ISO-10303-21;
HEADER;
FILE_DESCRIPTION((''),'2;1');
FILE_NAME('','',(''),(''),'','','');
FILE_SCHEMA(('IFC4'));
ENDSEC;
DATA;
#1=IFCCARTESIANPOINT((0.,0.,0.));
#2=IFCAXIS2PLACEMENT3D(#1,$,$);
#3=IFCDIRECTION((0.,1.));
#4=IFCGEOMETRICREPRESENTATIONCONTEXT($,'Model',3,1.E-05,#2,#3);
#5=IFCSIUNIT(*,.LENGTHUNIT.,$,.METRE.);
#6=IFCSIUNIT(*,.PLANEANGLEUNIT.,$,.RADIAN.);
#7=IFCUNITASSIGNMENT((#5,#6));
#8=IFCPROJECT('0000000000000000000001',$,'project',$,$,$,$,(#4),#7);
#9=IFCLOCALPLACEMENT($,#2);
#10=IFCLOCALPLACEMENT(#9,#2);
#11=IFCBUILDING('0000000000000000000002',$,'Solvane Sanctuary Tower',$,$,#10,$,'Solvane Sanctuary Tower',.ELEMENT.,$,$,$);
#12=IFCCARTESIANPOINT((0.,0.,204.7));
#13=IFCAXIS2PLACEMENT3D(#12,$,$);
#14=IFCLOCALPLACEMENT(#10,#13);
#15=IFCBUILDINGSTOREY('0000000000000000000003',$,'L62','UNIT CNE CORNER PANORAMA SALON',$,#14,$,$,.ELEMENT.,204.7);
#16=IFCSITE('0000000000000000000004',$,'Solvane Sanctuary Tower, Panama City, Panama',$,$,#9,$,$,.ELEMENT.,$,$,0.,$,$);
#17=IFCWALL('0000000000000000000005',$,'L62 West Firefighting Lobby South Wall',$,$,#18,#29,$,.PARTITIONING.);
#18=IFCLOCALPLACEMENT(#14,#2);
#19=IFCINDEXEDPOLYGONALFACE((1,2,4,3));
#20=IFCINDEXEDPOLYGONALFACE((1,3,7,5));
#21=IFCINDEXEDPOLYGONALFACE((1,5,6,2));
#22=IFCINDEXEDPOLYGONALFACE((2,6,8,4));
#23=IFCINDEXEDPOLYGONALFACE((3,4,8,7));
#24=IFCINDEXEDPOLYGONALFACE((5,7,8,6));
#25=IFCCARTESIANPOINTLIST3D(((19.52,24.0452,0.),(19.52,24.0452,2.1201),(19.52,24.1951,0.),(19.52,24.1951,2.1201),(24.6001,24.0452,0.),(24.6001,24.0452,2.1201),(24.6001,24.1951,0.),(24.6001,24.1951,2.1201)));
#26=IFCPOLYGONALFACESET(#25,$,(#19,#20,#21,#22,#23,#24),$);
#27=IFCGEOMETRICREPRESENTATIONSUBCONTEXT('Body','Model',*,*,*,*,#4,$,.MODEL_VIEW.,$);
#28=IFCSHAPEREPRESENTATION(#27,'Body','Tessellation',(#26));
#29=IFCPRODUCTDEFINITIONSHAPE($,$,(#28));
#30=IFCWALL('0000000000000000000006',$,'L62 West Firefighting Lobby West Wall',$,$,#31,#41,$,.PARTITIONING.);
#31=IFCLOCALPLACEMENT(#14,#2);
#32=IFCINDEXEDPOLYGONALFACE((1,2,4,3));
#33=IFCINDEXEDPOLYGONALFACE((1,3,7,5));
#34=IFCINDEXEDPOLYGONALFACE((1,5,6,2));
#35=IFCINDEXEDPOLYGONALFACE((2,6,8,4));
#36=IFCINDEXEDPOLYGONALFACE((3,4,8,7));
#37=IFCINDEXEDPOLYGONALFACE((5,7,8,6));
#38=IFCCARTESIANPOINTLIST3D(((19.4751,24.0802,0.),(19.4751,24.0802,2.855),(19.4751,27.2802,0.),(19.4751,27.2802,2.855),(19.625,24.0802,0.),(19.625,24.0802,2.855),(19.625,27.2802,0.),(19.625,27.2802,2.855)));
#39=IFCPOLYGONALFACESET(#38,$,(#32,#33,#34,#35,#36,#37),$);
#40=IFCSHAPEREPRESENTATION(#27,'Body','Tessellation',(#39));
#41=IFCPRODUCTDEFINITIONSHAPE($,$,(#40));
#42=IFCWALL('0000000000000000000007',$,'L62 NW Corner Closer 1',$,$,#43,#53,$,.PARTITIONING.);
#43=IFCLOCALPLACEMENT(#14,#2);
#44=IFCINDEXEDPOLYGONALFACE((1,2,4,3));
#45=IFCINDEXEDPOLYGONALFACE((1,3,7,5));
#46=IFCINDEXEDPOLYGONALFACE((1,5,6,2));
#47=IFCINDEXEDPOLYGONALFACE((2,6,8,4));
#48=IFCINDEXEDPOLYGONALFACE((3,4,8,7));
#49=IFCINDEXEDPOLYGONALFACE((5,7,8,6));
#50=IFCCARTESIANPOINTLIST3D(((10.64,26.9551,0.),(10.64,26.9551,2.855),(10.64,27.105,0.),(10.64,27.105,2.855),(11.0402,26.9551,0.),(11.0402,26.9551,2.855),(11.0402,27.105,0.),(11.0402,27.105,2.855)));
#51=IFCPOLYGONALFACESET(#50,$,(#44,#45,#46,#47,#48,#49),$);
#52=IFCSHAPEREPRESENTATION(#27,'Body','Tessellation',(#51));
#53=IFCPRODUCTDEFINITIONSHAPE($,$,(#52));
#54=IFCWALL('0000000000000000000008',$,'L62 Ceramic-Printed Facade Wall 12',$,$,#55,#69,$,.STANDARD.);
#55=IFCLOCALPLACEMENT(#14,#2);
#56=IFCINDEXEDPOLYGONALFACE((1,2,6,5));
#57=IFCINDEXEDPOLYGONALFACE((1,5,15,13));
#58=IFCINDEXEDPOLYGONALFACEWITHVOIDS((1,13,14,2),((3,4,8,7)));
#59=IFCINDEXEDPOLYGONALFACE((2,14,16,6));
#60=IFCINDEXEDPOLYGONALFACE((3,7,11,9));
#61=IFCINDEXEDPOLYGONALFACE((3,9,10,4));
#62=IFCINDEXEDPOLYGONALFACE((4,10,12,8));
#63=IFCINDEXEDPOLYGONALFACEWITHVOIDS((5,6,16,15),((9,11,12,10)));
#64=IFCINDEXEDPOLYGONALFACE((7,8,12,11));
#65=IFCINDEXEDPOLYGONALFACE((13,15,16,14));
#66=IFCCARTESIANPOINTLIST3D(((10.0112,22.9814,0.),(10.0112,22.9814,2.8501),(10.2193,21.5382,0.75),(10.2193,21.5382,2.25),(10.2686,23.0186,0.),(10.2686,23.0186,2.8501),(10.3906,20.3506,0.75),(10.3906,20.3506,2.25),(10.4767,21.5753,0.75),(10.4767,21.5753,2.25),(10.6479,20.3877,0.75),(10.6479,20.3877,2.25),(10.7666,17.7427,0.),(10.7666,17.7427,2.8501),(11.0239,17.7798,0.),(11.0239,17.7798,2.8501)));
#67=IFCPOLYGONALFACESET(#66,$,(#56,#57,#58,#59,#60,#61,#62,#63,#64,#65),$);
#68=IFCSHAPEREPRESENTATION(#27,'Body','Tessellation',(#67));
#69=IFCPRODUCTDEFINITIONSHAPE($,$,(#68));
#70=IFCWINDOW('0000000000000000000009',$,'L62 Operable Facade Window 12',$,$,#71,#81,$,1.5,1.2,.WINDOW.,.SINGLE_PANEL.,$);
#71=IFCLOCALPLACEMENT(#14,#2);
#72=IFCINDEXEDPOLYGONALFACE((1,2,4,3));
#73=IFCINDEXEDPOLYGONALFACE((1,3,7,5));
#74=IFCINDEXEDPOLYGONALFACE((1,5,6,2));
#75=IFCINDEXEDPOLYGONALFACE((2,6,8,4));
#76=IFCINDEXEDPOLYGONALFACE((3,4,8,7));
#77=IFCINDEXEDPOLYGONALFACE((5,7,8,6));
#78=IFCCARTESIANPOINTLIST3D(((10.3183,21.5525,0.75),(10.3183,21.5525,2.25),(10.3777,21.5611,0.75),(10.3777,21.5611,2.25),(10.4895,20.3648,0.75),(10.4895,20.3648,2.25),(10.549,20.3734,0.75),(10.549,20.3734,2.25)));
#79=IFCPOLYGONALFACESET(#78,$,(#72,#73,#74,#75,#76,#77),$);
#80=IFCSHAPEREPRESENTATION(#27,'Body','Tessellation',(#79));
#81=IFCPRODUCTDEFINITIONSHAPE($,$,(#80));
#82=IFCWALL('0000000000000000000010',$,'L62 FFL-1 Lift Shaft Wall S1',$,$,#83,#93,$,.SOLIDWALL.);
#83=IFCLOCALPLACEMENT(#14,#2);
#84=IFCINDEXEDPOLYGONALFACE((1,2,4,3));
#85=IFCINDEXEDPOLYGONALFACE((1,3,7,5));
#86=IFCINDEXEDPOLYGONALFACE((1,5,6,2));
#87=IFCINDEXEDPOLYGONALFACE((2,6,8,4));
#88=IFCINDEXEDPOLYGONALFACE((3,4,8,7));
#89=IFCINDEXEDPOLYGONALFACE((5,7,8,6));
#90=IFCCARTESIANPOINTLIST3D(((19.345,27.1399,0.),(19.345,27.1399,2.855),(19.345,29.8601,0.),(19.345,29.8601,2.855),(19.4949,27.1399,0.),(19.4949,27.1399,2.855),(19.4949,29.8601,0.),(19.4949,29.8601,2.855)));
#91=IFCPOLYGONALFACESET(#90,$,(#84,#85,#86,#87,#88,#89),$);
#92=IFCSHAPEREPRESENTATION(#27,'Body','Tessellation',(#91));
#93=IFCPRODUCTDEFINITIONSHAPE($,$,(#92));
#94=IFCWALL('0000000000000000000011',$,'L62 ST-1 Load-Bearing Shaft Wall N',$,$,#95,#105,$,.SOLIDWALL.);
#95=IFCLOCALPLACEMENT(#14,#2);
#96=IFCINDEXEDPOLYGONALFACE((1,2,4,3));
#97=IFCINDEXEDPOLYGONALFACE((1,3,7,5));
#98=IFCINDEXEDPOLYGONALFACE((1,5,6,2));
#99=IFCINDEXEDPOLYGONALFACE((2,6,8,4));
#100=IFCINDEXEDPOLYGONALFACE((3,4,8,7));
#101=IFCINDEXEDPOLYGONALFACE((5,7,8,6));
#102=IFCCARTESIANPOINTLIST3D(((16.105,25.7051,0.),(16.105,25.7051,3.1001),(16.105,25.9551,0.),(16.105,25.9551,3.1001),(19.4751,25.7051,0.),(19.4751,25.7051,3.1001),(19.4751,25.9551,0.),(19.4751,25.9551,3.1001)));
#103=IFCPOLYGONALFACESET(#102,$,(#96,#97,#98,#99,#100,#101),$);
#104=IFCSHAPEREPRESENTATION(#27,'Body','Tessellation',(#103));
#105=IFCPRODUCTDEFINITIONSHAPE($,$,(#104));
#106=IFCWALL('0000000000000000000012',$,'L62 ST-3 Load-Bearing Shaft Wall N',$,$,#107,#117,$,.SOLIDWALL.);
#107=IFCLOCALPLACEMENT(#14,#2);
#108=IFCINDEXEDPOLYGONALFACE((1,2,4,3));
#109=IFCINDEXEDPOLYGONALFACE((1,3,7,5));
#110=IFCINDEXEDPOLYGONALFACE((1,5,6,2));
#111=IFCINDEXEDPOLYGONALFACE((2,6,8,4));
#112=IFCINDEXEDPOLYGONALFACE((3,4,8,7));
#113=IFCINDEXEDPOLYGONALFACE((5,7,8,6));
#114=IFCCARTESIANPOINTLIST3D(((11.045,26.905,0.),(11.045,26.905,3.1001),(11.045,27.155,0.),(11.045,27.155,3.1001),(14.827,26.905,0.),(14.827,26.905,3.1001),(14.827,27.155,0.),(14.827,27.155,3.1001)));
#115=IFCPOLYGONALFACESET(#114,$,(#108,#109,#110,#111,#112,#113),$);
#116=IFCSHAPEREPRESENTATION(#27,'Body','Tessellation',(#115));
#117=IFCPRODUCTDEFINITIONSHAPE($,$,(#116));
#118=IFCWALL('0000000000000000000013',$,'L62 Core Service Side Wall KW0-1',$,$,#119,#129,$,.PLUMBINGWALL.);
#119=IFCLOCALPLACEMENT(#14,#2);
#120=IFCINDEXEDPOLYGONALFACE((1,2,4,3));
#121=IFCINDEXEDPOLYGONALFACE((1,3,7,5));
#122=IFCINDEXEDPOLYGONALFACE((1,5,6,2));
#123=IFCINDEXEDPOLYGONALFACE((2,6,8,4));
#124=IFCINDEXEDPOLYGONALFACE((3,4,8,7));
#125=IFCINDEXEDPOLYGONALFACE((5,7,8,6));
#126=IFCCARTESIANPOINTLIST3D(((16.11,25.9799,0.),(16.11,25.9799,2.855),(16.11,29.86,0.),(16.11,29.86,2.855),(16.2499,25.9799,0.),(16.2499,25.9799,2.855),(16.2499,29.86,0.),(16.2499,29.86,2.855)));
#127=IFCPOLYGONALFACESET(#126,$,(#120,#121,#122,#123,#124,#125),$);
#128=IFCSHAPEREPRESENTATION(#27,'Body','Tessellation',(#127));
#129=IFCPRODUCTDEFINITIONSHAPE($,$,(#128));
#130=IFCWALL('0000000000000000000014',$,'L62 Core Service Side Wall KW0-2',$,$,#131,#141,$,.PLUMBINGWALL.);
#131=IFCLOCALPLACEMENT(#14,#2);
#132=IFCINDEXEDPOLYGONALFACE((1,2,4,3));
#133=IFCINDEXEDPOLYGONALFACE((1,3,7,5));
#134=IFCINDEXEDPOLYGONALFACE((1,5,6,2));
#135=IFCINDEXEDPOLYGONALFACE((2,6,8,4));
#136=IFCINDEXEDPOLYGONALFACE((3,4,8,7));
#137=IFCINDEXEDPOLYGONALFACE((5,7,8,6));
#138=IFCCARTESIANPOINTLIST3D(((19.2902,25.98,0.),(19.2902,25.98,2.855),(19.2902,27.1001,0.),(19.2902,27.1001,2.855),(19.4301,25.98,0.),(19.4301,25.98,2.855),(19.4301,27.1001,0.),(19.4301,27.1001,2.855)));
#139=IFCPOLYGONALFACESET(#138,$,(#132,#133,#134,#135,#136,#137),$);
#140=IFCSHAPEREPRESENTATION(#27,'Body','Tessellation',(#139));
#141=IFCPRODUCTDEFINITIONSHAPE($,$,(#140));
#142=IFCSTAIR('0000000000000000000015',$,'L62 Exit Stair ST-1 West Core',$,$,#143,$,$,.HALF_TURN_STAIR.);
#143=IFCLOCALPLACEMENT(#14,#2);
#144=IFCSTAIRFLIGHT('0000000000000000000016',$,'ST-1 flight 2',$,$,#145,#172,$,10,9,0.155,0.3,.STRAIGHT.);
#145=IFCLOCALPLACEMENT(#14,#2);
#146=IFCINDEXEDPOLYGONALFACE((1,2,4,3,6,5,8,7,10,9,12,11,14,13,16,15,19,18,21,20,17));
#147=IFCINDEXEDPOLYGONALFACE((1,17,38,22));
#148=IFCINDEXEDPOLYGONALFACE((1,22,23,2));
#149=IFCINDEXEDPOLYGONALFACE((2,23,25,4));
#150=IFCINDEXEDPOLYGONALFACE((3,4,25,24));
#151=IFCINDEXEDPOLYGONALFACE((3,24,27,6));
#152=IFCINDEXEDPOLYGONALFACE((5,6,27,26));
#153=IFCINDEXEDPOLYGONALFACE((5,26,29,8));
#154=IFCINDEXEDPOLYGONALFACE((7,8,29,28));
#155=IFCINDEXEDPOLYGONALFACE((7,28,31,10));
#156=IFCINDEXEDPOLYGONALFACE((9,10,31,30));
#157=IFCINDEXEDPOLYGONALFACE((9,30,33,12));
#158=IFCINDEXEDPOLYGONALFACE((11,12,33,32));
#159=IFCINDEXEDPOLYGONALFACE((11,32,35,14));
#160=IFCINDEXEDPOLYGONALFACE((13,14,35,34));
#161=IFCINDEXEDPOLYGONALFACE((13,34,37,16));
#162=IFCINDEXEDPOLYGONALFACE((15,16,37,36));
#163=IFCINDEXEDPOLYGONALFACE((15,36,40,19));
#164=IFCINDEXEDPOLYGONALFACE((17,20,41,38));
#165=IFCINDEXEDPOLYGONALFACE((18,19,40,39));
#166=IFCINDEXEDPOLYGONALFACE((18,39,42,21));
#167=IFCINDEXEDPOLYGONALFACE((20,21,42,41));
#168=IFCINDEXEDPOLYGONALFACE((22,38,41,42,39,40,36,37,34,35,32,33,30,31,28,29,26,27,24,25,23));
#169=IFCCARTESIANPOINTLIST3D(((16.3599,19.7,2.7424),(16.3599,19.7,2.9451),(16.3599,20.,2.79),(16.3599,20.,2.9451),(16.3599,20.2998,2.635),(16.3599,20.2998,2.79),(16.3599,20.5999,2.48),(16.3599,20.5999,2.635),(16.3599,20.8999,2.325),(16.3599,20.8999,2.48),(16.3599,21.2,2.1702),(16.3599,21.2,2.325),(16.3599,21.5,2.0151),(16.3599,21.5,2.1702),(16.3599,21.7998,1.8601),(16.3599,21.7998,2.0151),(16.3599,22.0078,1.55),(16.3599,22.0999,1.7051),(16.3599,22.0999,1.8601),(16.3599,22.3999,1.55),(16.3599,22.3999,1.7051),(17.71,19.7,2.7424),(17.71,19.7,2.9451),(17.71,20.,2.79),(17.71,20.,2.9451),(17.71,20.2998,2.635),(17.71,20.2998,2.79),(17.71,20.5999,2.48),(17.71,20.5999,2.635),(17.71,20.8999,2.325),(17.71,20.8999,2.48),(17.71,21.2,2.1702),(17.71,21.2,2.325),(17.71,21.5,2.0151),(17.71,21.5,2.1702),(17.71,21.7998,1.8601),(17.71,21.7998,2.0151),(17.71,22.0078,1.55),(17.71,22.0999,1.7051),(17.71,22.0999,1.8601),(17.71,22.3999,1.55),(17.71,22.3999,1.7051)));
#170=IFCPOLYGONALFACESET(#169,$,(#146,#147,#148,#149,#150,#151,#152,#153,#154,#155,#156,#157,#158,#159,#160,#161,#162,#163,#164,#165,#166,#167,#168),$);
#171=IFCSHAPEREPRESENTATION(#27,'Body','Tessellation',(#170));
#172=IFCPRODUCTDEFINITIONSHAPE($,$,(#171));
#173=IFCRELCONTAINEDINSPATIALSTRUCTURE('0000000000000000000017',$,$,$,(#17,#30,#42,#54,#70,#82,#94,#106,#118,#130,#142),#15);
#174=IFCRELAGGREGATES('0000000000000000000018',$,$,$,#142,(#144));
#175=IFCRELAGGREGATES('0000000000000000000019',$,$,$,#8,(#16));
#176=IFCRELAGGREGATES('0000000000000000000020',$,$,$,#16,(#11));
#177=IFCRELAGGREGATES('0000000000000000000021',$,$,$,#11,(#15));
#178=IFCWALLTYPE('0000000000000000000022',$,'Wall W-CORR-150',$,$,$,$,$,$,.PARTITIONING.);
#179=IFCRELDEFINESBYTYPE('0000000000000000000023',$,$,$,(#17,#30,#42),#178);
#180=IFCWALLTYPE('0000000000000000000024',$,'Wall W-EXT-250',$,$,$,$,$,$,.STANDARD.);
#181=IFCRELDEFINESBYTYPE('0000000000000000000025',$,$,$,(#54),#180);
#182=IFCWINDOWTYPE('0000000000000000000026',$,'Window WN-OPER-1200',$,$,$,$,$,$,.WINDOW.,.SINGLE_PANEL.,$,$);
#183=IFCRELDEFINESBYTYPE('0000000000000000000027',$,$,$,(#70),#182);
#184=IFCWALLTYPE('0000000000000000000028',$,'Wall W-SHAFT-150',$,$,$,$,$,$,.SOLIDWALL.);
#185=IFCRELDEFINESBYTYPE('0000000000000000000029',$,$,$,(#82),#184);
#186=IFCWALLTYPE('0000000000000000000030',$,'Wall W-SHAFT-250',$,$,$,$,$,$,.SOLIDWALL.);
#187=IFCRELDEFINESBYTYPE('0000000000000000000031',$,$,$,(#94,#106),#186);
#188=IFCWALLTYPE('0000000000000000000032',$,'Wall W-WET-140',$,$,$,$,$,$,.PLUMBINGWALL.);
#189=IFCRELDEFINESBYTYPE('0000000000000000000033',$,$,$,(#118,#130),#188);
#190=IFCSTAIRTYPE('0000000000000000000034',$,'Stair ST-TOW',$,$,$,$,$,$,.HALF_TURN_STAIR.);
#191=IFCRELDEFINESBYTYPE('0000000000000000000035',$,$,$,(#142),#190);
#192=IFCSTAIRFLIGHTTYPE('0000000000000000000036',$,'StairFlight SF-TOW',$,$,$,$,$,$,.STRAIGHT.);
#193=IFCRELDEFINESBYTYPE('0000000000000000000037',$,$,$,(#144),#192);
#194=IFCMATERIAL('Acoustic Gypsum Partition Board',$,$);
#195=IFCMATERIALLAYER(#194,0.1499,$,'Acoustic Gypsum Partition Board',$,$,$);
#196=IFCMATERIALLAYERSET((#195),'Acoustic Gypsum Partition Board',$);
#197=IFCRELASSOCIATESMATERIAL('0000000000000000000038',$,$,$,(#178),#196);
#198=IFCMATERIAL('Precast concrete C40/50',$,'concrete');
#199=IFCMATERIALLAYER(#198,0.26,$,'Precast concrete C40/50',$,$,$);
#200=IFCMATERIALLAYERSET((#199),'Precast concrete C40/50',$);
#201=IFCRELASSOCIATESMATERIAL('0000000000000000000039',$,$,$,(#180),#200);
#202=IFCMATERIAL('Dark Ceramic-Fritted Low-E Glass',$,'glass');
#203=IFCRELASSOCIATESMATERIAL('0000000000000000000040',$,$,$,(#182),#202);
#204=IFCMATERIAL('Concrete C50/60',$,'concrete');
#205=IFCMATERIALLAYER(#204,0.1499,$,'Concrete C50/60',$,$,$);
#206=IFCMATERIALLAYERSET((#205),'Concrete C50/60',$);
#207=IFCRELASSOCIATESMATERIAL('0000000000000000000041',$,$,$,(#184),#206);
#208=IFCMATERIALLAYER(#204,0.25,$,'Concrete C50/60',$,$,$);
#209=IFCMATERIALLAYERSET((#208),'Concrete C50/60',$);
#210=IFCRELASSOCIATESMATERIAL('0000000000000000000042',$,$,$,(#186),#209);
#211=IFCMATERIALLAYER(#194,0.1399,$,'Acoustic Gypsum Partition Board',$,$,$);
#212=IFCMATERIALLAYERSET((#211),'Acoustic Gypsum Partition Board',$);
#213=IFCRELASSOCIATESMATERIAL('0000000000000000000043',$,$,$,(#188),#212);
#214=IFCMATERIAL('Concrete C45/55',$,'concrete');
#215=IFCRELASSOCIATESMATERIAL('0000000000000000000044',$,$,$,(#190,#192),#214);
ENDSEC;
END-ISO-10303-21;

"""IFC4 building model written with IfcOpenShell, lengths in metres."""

from ifc_helpers import new_model, si_unit, direction, frame, frame_2d, origin, place, context, subcontext, project, spatial, polyline, rectangle, outline, extrude, material, layer, layer_set, type_object, element, fill, aggregate, save


model = new_model("IFC4")

# Units and contexts
model_context = context("Model", 3, precision=1e-05, world=origin(), true_north=direction((0.0, 1.0)))
body_context = subcontext(model_context, "Body", "Model", "MODEL_VIEW")
ifc_project = project(units=[si_unit("LENGTHUNIT", "METRE"), si_unit("PLANEANGLEUNIT", "RADIAN")], contexts=[model_context])

# Site, building, storey
site_placement = place(None, origin())
site = spatial("IfcSite", under=ifc_project, at=site_placement, Name="Solvane Sanctuary Tower, Panama City, Panama", CompositionType="ELEMENT", RefElevation=0.0)
building_placement = place(site_placement, origin())
building = spatial("IfcBuilding", under=site, at=building_placement, Name="Solvane Sanctuary Tower", LongName="Solvane Sanctuary Tower", CompositionType="ELEMENT")
storey_placement = place(building_placement, frame((0.0, 0.0, 204.7)))
storey = spatial("IfcBuildingStorey", under=building, at=storey_placement, Name="L62", Description="UNIT CNE CORNER PANORAMA SALON", CompositionType="ELEMENT", Elevation=204.7)

# Walls
ifc_material_1 = material(Name="Acoustic Gypsum Partition Board")
ifc_layer_1 = layer(ifc_material_1, 0.1499, Name="Acoustic Gypsum Partition Board")
ifc_layer_set_1 = layer_set([ifc_layer_1], Name="Acoustic Gypsum Partition Board")
wall_type_1 = type_object("IfcWallType", Name="Wall W-CORR-150", PredefinedType="PARTITIONING", material=ifc_layer_set_1)
wall_1_placement = place(storey_placement, frame((19.52, 24.1201, 0.0), z_axis=(0.0, 0.0, 1.0), x_axis=(1.0, 0.0, 0.0)))
element("IfcWall", 1, at=wall_1_placement, inside=storey, type_object=wall_type_1, Name="L62 West Firefighting Lobby South Wall", PredefinedType="PARTITIONING", context=body_context, shape_type="SweptSolid", body=[
    extrude(rectangle(XDim=5.0801, YDim=0.1499, at=frame_2d((2.54, 0.0))), origin(), (0.0, 0.0, 1.0), 2.1201),
])
wall_2_placement = place(storey_placement, frame((19.55, 24.0801, 0.0), z_axis=(0.0, 0.0, 1.0), x_axis=(0.0, 1.0, 0.0)))
element("IfcWall", 2, at=wall_2_placement, inside=storey, type_object=wall_type_1, Name="L62 West Firefighting Lobby West Wall", PredefinedType="PARTITIONING", context=body_context, shape_type="SweptSolid", body=[
    extrude(rectangle(XDim=3.2, YDim=0.1499, at=frame_2d((1.6001, 0.0))), origin(), (0.0, 0.0, 1.0), 2.855),
])
wall_3_placement = place(storey_placement, frame((10.6399, 27.03, 0.0), z_axis=(0.0, 0.0, 1.0), x_axis=(1.0, 0.0, 0.0)))
element("IfcWall", 3, at=wall_3_placement, inside=storey, type_object=wall_type_1, Name="L62 NW Corner Closer 1", PredefinedType="PARTITIONING", context=body_context, shape_type="SweptSolid", body=[
    extrude(rectangle(XDim=0.4001, YDim=0.1499, at=frame_2d((0.2002, 0.0))), origin(), (0.0, 0.0, 1.0), 2.855),
])

# Wall, opening, window
ifc_material_2 = material(Name="Precast concrete C40/50", Category="concrete")
ifc_layer_2 = layer(ifc_material_2, 0.26, Name="Precast concrete C40/50")
ifc_layer_set_2 = layer_set([ifc_layer_2], Name="Precast concrete C40/50")
wall_type_2 = type_object("IfcWallType", Name="Wall W-EXT-250", PredefinedType="STANDARD", material=ifc_layer_set_2)
wall_4_placement = place(storey_placement, frame((10.1399, 23.0, 0.0), z_axis=(0.0, 0.0, 1.0), x_axis=(0.142713, -0.989764, 0.0)))
wall_4 = element("IfcWall", 4, at=wall_4_placement, inside=storey, type_object=wall_type_2, Name="L62 Ceramic-Printed Facade Wall 12", PredefinedType="STANDARD", context=body_context, shape_type="SweptSolid", body=[
    extrude(rectangle(XDim=5.293, YDim=0.26, at=frame_2d((2.6465, 0.0))), origin(), (0.0, 0.0, 1.0), 2.8501),
])
opening_placement = place(wall_4_placement, frame((1.458, 0.0, 0.75)))
opening = element("IfcOpeningElement", 5, at=opening_placement, cuts=wall_4, PredefinedType="OPENING", context=body_context, shape_type="SweptSolid", body=[
    extrude(rectangle(XDim=1.2, YDim=1.5, at=frame_2d((0.6001, 0.75))), frame((0.0, 0.1399, 0.0), z_axis=(0.0, -1.0, 0.0), x_axis=(1.0, 0.0, 0.0)), (0.0, 0.0, 1.0), 0.28),
])
ifc_material_3 = material(Name="Dark Ceramic-Fritted Low-E Glass", Category="glass")
window_type = type_object("IfcWindowType", Name="Window WN-OPER-1200", PartitioningType="SINGLE_PANEL", PredefinedType="WINDOW", material=ifc_material_3)
window_placement = place(opening_placement, origin())
window = element("IfcWindow", 6, at=window_placement, inside=storey, type_object=window_type, Name="L62 Operable Facade Window 12", OverallHeight=1.5, OverallWidth=1.2, PartitioningType="SINGLE_PANEL", PredefinedType="WINDOW", context=body_context, shape_type="SweptSolid", body=[
    extrude(rectangle(XDim=1.2, YDim=1.5, at=frame_2d((0.6001, 0.75))), frame((0.0, 0.03, 0.0), z_axis=(0.0, -1.0, 0.0), x_axis=(1.0, 0.0, 0.0)), (0.0, 0.0, 1.0), 0.0601),
])
fill(opening, window)

# Walls
ifc_material_4 = material(Name="Concrete C50/60", Category="concrete")
ifc_layer_3 = layer(ifc_material_4, 0.1499, Name="Concrete C50/60")
ifc_layer_set_3 = layer_set([ifc_layer_3], Name="Concrete C50/60")
wall_type_3 = type_object("IfcWallType", Name="Wall W-SHAFT-150", PredefinedType="SOLIDWALL", material=ifc_layer_set_3)
wall_5_placement = place(storey_placement, frame((19.4199, 27.1399, 0.0), z_axis=(0.0, 0.0, 1.0), x_axis=(0.0, 1.0, 0.0)))
element("IfcWall", 7, at=wall_5_placement, inside=storey, type_object=wall_type_3, Name="L62 FFL-1 Lift Shaft Wall S1", PredefinedType="SOLIDWALL", context=body_context, shape_type="SweptSolid", body=[
    extrude(rectangle(XDim=2.7202, YDim=0.1499, at=frame_2d((1.3601, 0.0))), origin(), (0.0, 0.0, 1.0), 2.855),
])
ifc_layer_4 = layer(ifc_material_4, 0.25, Name="Concrete C50/60")
ifc_layer_set_4 = layer_set([ifc_layer_4], Name="Concrete C50/60")
wall_type_4 = type_object("IfcWallType", Name="Wall W-SHAFT-250", PredefinedType="SOLIDWALL", material=ifc_layer_set_4)
wall_6_placement = place(storey_placement, frame((16.105, 25.8301, 0.0), z_axis=(0.0, 0.0, 1.0), x_axis=(1.0, 0.0, 0.0)))
element("IfcWall", 8, at=wall_6_placement, inside=storey, type_object=wall_type_4, Name="L62 ST-1 Load-Bearing Shaft Wall N", PredefinedType="SOLIDWALL", context=body_context, shape_type="SweptSolid", body=[
    extrude(rectangle(XDim=3.3701, YDim=0.25, at=frame_2d((1.6851, 0.0))), origin(), (0.0, 0.0, 1.0), 3.1001),
])
wall_7_placement = place(storey_placement, frame((11.0449, 27.03, 0.0), z_axis=(0.0, 0.0, 1.0), x_axis=(1.0, 0.0, 0.0)))
element("IfcWall", 9, at=wall_7_placement, inside=storey, type_object=wall_type_4, Name="L62 ST-3 Load-Bearing Shaft Wall N", PredefinedType="SOLIDWALL", context=body_context, shape_type="SweptSolid", body=[
    extrude(rectangle(XDim=3.782, YDim=0.25, at=frame_2d((1.8911, 0.0))), origin(), (0.0, 0.0, 1.0), 3.1001),
])
ifc_layer_5 = layer(ifc_material_1, 0.1399, Name="Acoustic Gypsum Partition Board")
ifc_layer_set_5 = layer_set([ifc_layer_5], Name="Acoustic Gypsum Partition Board")
wall_type_5 = type_object("IfcWallType", Name="Wall W-WET-140", PredefinedType="PLUMBINGWALL", material=ifc_layer_set_5)
wall_8_placement = place(storey_placement, frame((16.1799, 25.98, 0.0), z_axis=(0.0, 0.0, 1.0), x_axis=(0.0, 1.0, 0.0)))
element("IfcWall", 10, at=wall_8_placement, inside=storey, type_object=wall_type_5, Name="L62 Core Service Side Wall KW0-1", PredefinedType="PLUMBINGWALL", context=body_context, shape_type="SweptSolid", body=[
    extrude(rectangle(XDim=3.8801, YDim=0.1399, at=frame_2d((1.9399, 0.0))), origin(), (0.0, 0.0, 1.0), 2.855),
])
wall_9_placement = place(storey_placement, frame((19.3601, 25.98, 0.0), z_axis=(0.0, 0.0, 1.0), x_axis=(0.0, 1.0, 0.0)))
element("IfcWall", 11, at=wall_9_placement, inside=storey, type_object=wall_type_5, Name="L62 Core Service Side Wall KW0-2", PredefinedType="PLUMBINGWALL", context=body_context, shape_type="SweptSolid", body=[
    extrude(rectangle(XDim=1.1201, YDim=0.1399, at=frame_2d((0.5601, 0.0))), origin(), (0.0, 0.0, 1.0), 2.855),
])

# Stair, stair flight
ifc_material_5 = material(Name="Concrete C45/55", Category="concrete")
stair_type = type_object("IfcStairType", Name="Stair ST-TOW", PredefinedType="HALF_TURN_STAIR", material=ifc_material_5)
stair_1_placement = place(storey_placement, origin())
stair_1 = element("IfcStair", 12, at=stair_1_placement, inside=storey, type_object=stair_type, Name="L62 Exit Stair ST-1 West Core", PredefinedType="HALF_TURN_STAIR")
stair_flight_type = type_object("IfcStairFlightType", Name="StairFlight SF-TOW", PredefinedType="STRAIGHT", material=ifc_material_5)
stair_flight_1_placement = place(storey_placement, frame((17.0349, 22.3999, 1.55), z_axis=(0.0, 0.0, 1.0), x_axis=(0.0, -1.0, 0.0)))
stair_flight_1 = element("IfcStairFlight", 13, at=stair_flight_1_placement, type_object=stair_flight_type, Name="ST-1 flight 2", NumberOfRisers=10, NumberOfTreads=9, PredefinedType="STRAIGHT", RiserHeight=0.155, TreadLength=0.3, context=body_context, shape_type="SweptSolid", body=[
    extrude(outline(polyline([(0.0, 0.0), (0.0, 0.155), (0.3, 0.155), (0.3, 0.3101), (0.6001, 0.3101), (0.6001, 0.4651), (0.8999, 0.4651), (0.8999, 0.6201), (1.2, 0.6201), (1.2, 0.7749), (1.5, 0.7749), (1.5, 0.9299), (1.8, 0.9299), (1.8, 1.085), (2.1001, 1.085), (2.1001, 1.24), (2.3999, 1.24), (2.3999, 1.395), (2.7, 1.395), (2.7, 1.55), (2.7, 1.1924), (0.3921, 0.0), (0.0, 0.0)])), frame((0.0, 0.675, 0.0), z_axis=(0.0, -1.0, 0.0), x_axis=(1.0, 0.0, 0.0)), (0.0, 0.0, 1.0), 1.3501),
])
aggregate(stair_1, [stair_flight_1])

save(model, "model.ifc")
